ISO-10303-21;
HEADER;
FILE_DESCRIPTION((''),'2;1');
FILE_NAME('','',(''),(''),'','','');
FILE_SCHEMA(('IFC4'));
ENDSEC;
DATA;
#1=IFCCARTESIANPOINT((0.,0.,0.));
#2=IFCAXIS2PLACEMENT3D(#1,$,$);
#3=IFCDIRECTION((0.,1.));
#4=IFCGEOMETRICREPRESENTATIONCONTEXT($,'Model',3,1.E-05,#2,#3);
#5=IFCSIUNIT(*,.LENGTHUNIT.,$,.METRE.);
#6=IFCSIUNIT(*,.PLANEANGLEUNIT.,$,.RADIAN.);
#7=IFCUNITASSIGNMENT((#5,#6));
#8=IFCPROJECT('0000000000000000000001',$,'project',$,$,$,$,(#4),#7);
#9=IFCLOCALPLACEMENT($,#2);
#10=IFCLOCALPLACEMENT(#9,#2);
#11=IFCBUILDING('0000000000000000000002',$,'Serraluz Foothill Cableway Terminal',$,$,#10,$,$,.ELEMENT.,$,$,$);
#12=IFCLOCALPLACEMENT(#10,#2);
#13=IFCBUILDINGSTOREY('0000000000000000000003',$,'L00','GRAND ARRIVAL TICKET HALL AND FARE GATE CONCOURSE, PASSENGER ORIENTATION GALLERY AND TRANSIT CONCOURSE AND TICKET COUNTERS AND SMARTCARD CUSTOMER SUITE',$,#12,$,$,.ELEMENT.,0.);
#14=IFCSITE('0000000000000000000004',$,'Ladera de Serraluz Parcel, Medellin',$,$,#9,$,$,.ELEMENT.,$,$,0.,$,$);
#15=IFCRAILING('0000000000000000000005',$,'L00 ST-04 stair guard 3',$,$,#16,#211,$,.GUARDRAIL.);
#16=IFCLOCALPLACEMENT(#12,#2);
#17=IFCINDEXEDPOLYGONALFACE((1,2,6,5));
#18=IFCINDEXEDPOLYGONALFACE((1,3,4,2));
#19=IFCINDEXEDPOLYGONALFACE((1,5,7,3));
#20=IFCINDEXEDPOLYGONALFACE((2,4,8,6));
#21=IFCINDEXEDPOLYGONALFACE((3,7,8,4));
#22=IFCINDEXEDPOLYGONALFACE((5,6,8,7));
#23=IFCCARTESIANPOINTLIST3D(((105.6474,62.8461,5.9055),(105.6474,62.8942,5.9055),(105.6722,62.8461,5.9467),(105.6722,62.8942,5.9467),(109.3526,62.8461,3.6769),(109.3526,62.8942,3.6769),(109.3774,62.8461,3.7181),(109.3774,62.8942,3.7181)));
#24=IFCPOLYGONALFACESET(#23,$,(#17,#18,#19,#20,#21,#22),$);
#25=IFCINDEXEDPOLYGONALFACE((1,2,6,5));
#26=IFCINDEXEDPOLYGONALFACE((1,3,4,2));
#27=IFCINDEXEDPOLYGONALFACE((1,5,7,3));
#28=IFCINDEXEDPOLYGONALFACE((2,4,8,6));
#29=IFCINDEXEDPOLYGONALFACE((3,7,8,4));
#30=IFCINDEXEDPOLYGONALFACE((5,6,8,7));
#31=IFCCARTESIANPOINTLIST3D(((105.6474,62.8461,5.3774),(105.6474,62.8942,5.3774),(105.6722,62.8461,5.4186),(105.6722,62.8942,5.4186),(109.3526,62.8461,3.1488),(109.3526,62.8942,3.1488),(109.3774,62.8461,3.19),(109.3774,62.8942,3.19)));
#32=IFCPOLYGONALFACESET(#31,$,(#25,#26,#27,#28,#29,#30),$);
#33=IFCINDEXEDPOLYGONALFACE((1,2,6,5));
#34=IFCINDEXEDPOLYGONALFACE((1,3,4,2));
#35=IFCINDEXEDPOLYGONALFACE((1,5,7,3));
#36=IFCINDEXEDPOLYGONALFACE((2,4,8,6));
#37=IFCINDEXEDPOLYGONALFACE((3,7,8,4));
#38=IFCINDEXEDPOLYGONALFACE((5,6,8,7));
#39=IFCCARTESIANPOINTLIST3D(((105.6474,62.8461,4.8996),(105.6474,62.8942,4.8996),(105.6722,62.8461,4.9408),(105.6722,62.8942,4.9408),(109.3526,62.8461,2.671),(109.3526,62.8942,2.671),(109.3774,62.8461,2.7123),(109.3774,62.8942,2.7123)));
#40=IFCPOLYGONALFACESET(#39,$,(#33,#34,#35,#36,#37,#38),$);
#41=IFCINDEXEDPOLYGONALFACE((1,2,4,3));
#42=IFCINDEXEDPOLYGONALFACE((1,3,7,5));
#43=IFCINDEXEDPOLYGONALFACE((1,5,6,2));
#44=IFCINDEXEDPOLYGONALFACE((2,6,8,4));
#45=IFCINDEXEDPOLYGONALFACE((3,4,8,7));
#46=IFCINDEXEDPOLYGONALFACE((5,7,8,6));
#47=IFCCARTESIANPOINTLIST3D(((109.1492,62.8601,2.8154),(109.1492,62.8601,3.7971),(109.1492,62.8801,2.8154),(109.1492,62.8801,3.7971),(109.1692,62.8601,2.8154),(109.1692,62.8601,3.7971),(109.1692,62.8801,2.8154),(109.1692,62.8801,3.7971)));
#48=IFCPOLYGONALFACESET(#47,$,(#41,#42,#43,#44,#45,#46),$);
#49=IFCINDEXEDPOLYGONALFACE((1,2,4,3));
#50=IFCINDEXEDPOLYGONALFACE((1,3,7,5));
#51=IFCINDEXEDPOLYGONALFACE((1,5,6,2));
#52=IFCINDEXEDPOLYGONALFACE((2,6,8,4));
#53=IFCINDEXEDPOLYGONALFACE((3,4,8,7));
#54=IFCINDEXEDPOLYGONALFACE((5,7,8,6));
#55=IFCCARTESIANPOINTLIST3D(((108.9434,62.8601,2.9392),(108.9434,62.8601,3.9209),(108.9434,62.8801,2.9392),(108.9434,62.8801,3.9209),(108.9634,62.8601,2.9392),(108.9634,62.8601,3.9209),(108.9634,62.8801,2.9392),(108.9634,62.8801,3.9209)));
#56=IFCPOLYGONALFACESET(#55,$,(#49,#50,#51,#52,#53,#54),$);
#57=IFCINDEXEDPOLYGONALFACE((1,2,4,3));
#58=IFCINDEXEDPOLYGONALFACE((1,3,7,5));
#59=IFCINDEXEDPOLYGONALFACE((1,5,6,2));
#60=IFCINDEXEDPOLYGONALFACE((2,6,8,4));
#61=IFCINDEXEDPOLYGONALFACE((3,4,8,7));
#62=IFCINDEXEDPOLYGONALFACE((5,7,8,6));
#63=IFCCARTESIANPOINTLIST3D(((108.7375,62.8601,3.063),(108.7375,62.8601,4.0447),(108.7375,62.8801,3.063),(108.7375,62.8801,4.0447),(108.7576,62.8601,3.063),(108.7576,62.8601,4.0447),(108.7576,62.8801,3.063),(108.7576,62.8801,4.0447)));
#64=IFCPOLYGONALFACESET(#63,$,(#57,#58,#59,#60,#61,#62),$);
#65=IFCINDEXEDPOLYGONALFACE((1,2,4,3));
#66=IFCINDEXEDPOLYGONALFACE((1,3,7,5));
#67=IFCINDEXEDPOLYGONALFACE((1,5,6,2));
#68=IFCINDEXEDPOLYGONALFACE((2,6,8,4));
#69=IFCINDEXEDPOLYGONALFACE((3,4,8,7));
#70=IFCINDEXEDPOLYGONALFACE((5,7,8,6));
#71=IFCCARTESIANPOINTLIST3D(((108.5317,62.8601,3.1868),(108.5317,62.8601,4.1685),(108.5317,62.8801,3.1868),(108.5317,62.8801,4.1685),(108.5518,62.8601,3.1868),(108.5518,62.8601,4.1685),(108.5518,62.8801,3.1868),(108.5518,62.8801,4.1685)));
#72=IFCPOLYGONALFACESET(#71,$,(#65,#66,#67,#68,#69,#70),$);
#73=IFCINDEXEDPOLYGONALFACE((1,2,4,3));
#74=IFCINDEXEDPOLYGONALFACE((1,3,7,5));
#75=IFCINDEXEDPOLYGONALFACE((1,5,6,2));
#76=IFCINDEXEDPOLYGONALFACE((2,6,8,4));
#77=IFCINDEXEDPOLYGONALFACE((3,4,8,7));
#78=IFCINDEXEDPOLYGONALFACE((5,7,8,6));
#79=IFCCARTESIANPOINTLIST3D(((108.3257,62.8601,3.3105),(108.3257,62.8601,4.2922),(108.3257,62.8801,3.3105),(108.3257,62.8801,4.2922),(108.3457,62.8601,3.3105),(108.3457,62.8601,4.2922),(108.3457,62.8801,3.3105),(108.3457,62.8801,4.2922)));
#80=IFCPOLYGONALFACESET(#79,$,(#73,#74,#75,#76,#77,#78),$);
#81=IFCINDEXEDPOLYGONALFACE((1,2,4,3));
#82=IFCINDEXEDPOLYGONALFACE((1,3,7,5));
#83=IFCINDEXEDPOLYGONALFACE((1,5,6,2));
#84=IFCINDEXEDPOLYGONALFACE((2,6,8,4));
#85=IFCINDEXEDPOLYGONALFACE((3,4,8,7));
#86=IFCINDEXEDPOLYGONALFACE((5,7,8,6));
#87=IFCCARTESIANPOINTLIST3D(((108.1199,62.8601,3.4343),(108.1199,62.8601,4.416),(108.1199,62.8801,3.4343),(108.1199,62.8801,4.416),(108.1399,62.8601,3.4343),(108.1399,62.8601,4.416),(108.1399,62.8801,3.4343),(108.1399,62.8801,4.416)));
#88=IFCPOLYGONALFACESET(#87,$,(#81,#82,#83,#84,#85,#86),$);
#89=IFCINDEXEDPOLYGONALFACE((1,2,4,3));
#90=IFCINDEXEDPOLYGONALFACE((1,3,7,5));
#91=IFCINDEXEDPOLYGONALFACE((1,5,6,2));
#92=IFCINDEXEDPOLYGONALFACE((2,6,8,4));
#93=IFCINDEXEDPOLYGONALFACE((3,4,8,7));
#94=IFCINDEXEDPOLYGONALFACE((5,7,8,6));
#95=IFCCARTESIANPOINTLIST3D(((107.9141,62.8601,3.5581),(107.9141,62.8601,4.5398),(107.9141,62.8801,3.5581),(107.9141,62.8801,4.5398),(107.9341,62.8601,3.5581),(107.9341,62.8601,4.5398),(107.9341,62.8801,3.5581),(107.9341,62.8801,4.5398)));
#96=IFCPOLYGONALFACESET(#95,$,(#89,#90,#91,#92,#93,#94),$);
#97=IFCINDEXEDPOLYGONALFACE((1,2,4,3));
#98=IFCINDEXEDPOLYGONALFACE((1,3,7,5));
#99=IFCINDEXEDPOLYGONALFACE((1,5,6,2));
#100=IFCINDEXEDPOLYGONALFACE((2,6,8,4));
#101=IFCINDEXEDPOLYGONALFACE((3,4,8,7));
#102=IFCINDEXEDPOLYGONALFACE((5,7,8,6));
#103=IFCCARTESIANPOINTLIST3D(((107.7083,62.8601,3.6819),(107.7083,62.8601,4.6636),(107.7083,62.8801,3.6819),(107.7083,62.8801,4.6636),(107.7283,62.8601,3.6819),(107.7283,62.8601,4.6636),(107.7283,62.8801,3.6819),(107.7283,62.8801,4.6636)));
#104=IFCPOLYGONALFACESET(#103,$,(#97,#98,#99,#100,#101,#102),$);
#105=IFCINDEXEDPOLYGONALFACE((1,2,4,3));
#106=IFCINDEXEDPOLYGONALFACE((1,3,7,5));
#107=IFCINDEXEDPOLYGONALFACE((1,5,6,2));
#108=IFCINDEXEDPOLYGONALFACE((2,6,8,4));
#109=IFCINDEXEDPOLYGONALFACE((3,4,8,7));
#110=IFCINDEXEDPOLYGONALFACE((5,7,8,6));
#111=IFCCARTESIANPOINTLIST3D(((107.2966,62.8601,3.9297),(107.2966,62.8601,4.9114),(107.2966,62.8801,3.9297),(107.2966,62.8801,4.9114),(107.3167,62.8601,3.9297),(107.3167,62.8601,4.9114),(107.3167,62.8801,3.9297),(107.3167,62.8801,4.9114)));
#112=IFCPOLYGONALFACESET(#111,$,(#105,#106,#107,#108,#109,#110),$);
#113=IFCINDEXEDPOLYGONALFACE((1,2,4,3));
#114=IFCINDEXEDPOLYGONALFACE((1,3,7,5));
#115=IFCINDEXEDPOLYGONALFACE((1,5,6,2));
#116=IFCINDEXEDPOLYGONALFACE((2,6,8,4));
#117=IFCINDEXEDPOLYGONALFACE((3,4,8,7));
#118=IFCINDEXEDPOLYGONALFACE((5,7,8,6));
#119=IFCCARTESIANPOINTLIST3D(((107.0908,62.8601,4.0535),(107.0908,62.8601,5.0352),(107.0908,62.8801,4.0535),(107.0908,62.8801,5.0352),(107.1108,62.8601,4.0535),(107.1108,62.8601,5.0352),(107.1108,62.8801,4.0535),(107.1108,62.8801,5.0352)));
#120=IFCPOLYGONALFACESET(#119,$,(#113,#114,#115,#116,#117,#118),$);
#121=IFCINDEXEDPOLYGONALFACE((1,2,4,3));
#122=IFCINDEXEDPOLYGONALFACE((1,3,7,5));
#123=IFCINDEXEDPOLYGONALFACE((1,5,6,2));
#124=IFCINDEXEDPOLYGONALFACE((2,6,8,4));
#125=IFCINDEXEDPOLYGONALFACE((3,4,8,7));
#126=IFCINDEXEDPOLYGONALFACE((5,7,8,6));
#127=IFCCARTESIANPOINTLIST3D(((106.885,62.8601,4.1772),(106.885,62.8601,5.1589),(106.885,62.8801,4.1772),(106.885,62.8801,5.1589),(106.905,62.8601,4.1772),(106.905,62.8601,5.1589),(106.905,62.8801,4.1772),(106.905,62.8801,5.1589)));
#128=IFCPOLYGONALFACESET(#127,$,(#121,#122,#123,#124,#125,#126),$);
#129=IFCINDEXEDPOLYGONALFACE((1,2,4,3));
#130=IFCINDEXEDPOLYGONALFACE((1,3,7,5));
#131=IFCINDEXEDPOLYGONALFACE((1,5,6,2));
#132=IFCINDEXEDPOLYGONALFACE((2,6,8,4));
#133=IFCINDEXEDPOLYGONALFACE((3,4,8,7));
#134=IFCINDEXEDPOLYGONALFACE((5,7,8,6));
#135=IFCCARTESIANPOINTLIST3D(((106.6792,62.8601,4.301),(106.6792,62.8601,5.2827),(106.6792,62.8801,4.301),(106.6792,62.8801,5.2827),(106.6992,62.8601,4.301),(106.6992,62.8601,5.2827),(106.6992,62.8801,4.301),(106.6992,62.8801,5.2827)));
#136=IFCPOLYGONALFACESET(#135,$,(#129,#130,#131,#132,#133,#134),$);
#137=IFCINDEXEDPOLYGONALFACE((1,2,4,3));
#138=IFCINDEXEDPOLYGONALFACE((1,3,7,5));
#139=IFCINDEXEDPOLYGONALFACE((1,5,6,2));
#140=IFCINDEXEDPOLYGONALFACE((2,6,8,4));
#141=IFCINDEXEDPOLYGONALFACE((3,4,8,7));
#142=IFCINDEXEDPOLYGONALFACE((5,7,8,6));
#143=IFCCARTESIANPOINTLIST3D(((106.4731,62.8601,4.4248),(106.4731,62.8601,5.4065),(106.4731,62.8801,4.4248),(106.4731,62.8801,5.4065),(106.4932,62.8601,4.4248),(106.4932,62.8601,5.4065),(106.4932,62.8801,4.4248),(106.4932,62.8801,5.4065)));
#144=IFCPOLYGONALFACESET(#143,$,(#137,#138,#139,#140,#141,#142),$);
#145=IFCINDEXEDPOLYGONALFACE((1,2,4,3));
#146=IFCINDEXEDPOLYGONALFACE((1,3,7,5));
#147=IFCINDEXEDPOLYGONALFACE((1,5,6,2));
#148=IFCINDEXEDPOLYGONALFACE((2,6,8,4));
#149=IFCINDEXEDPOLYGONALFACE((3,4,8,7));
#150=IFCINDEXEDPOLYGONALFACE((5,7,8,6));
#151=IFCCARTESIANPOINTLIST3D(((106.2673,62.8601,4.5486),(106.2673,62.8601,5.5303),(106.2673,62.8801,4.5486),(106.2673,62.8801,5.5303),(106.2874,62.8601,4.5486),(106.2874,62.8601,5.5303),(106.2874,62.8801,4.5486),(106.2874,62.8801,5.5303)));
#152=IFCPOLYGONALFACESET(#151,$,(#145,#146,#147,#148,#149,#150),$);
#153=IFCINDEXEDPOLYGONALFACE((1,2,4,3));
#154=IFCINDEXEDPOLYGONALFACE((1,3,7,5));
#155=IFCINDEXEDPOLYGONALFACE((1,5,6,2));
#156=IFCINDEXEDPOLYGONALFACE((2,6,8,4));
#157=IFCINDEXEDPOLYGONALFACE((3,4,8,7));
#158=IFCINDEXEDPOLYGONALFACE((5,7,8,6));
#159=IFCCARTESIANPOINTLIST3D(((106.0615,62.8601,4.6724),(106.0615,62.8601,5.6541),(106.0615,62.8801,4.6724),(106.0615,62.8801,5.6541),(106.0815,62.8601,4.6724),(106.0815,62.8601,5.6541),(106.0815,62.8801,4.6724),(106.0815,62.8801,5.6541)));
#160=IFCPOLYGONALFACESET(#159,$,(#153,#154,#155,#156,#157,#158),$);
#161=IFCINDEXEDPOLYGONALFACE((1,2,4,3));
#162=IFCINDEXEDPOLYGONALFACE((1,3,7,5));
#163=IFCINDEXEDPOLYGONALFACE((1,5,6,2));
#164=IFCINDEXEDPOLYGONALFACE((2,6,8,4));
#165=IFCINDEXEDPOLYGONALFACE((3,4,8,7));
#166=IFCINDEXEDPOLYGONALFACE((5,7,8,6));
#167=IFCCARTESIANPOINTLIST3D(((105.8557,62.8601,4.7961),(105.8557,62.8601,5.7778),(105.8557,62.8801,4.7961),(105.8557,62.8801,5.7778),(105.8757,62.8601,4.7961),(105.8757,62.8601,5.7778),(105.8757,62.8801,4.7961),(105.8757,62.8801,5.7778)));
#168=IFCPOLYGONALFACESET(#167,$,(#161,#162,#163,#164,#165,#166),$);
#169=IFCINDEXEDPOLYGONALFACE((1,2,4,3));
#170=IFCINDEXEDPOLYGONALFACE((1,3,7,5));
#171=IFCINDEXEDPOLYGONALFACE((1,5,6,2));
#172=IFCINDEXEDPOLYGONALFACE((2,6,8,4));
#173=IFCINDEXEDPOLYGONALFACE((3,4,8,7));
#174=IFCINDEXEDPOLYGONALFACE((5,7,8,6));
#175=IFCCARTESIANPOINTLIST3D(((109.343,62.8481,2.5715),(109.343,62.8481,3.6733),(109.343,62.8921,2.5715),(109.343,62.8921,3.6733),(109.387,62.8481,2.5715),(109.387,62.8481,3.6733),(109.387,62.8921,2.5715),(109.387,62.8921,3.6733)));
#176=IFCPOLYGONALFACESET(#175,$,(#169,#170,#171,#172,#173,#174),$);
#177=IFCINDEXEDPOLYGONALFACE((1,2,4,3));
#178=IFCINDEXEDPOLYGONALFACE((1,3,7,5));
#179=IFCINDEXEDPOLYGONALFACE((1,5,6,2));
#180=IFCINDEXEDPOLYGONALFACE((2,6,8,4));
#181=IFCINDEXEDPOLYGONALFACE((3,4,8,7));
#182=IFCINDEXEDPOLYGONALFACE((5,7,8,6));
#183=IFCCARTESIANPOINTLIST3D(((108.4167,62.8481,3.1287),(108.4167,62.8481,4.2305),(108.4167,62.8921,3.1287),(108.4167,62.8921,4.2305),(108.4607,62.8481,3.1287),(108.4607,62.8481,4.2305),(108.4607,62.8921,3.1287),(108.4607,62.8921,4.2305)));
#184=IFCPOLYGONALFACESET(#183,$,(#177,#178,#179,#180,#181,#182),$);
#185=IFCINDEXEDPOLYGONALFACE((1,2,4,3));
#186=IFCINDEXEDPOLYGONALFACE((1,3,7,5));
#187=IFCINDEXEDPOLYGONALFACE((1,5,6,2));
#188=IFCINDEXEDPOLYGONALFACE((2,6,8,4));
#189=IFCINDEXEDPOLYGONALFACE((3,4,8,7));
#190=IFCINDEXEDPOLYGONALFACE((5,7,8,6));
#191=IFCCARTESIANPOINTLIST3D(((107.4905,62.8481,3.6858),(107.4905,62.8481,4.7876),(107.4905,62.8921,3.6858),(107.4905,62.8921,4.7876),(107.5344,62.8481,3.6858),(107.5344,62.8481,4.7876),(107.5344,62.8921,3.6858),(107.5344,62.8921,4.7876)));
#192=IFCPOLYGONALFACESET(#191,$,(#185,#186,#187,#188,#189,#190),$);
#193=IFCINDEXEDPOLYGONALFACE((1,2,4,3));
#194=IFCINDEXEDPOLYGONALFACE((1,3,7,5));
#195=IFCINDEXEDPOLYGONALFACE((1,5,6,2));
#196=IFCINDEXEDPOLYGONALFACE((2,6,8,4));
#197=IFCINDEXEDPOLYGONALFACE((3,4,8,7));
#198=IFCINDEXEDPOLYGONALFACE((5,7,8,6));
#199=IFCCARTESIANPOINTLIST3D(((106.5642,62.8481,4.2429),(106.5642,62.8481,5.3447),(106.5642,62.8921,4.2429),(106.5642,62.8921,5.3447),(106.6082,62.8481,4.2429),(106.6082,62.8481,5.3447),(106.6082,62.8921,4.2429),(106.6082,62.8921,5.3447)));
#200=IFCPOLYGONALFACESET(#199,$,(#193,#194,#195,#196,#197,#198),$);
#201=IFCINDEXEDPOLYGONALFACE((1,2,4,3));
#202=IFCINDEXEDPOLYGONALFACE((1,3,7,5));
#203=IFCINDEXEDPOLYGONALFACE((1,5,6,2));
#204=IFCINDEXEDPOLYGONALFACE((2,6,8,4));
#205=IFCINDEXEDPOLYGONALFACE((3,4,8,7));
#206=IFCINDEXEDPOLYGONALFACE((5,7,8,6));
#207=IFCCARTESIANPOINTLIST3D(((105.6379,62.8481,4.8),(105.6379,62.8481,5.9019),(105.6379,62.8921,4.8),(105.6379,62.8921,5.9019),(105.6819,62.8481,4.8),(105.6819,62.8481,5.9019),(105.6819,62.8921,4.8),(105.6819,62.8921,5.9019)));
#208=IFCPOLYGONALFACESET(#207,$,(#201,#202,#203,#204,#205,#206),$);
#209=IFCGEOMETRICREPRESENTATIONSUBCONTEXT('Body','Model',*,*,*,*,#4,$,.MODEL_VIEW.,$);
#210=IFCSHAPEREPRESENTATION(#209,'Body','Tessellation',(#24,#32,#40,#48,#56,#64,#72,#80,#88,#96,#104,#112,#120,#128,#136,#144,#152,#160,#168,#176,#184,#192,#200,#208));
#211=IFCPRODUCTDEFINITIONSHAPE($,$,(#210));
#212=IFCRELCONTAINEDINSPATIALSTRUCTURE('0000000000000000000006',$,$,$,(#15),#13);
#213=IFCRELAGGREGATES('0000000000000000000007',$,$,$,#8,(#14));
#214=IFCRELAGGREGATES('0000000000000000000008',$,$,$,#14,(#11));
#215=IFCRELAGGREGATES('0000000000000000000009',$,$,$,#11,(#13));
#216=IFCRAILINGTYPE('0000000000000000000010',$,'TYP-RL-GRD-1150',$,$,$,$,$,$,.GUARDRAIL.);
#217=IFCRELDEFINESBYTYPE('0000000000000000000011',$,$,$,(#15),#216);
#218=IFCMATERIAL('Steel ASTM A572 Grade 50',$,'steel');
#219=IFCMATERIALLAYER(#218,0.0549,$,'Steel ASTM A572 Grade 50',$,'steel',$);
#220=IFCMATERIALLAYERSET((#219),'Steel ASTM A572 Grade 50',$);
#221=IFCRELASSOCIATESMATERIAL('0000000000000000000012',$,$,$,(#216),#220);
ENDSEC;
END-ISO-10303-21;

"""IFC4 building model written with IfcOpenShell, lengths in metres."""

from ifc_helpers import new_model, si_unit, direction, frame, origin, origin_2d, place, context, subcontext, project, spatial, rectangle, extrude, material, layer, layer_set, type_object, element, save


model = new_model("IFC4")

# Units and contexts
model_context = context("Model", 3, precision=1e-05, world=origin(), true_north=direction((0.0, 1.0)))
body_context = subcontext(model_context, "Body", "Model", "MODEL_VIEW")
ifc_project = project(units=[si_unit("LENGTHUNIT", "METRE"), si_unit("PLANEANGLEUNIT", "RADIAN")], contexts=[model_context])

# Site, building, storey
site_placement = place(None, origin())
site = spatial("IfcSite", under=ifc_project, at=site_placement, Name="Ladera de Serraluz Parcel, Medellin", CompositionType="ELEMENT", RefElevation=0.0)
building_placement = place(site_placement, origin())
building = spatial("IfcBuilding", under=site, at=building_placement, Name="Serraluz Foothill Cableway Terminal", CompositionType="ELEMENT")
storey_placement = place(building_placement, origin())
storey = spatial("IfcBuildingStorey", under=building, at=storey_placement, Name="L00", Description="GRAND ARRIVAL TICKET HALL AND FARE GATE CONCOURSE, PASSENGER ORIENTATION GALLERY AND TRANSIT CONCOURSE AND TICKET COUNTERS AND SMARTCARD CUSTOMER SUITE", CompositionType="ELEMENT", Elevation=0.0)

# Railing
ifc_material_1 = material(Name="Steel ASTM A572 Grade 50", Category="steel")
ifc_layer_1 = layer(ifc_material_1, 0.0549, Name="Steel ASTM A572 Grade 50", Category="steel")
ifc_layer_set_1 = layer_set([ifc_layer_1], Name="Steel ASTM A572 Grade 50")
railing_type_1 = type_object("IfcRailingType", Name="TYP-RL-GRD-1150", PredefinedType="GUARDRAIL", material=ifc_layer_set_1)
railing_1_placement = place(storey_placement, frame((109.365, 62.8701, 2.5715)))
element("IfcRailing", 1, at=railing_1_placement, inside=storey, type_object=railing_type_1, Name="L00 ST-04 stair guard 3", PredefinedType="GUARDRAIL", context=body_context, shape_type="SweptSolid", body=[
    extrude(rectangle(XDim=0.0481, YDim=0.0481, at=origin_2d()), frame((0.0, 0.0, 1.126), z_axis=(-0.856934, 0.0, 0.515425), x_axis=(0.0, -1.0, 0.0)), (0.0, 0.0, 1.0), 4.3237),
    extrude(rectangle(XDim=0.0481, YDim=0.0481, at=origin_2d()), frame((0.0, 0.0, 0.5979), z_axis=(-0.856934, 0.0, 0.515425), x_axis=(0.0, -1.0, 0.0)), (0.0, 0.0, 1.0), 4.3237),
    extrude(rectangle(XDim=0.0481, YDim=0.0481, at=origin_2d()), frame((0.0, 0.0, 0.1201), z_axis=(-0.856934, 0.0, 0.515425), x_axis=(0.0, -1.0, 0.0)), (0.0, 0.0, 1.0), 4.3237),
    extrude(rectangle(XDim=0.02, YDim=0.02, at=origin_2d()), frame((-0.2058, 0.0, 0.2439)), (0.0, 0.0, 1.0), 0.9817),
    extrude(rectangle(XDim=0.02, YDim=0.02, at=origin_2d()), frame((-0.4116, 0.0, 0.3677)), (0.0, 0.0, 1.0), 0.9817),
    extrude(rectangle(XDim=0.02, YDim=0.02, at=origin_2d()), frame((-0.6174, 0.0, 0.4915)), (0.0, 0.0, 1.0), 0.9817),
    extrude(rectangle(XDim=0.02, YDim=0.02, at=origin_2d()), frame((-0.8232, 0.0, 0.6152)), (0.0, 0.0, 1.0), 0.9817),
    extrude(rectangle(XDim=0.02, YDim=0.02, at=origin_2d()), frame((-1.0293, 0.0, 0.739)), (0.0, 0.0, 1.0), 0.9817),
    extrude(rectangle(XDim=0.02, YDim=0.02, at=origin_2d()), frame((-1.2351, 0.0, 0.8628)), (0.0, 0.0, 1.0), 0.9817),
    extrude(rectangle(XDim=0.02, YDim=0.02, at=origin_2d()), frame((-1.4409, 0.0, 0.9866)), (0.0, 0.0, 1.0), 0.9817),
    extrude(rectangle(XDim=0.02, YDim=0.02, at=origin_2d()), frame((-1.6467, 0.0, 1.1104)), (0.0, 0.0, 1.0), 0.9817),
    extrude(rectangle(XDim=0.02, YDim=0.02, at=origin_2d()), frame((-2.0583, 0.0, 1.3582)), (0.0, 0.0, 1.0), 0.9817),
    extrude(rectangle(XDim=0.02, YDim=0.02, at=origin_2d()), frame((-2.2642, 0.0, 1.4819)), (0.0, 0.0, 1.0), 0.9817),
    extrude(rectangle(XDim=0.02, YDim=0.02, at=origin_2d()), frame((-2.47, 0.0, 1.6057)), (0.0, 0.0, 1.0), 0.9817),
    extrude(rectangle(XDim=0.02, YDim=0.02, at=origin_2d()), frame((-2.6758, 0.0, 1.7295)), (0.0, 0.0, 1.0), 0.9817),
    extrude(rectangle(XDim=0.02, YDim=0.02, at=origin_2d()), frame((-2.8818, 0.0, 1.8533)), (0.0, 0.0, 1.0), 0.9817),
    extrude(rectangle(XDim=0.02, YDim=0.02, at=origin_2d()), frame((-3.0876, 0.0, 1.9771)), (0.0, 0.0, 1.0), 0.9817),
    extrude(rectangle(XDim=0.02, YDim=0.02, at=origin_2d()), frame((-3.2935, 0.0, 2.1008)), (0.0, 0.0, 1.0), 0.9817),
    extrude(rectangle(XDim=0.02, YDim=0.02, at=origin_2d()), frame((-3.4993, 0.0, 2.2246)), (0.0, 0.0, 1.0), 0.9817),
    extrude(rectangle(XDim=0.0439, YDim=0.0439, at=origin_2d()), origin(), (0.0, 0.0, 1.0), 1.1018),
    extrude(rectangle(XDim=0.0439, YDim=0.0439, at=origin_2d()), frame((-0.9263, 0.0, 0.5571)), (0.0, 0.0, 1.0), 1.1018),
    extrude(rectangle(XDim=0.0439, YDim=0.0439, at=origin_2d()), frame((-1.8525, 0.0, 1.1143)), (0.0, 0.0, 1.0), 1.1018),
    extrude(rectangle(XDim=0.0439, YDim=0.0439, at=origin_2d()), frame((-2.7788, 0.0, 1.6714)), (0.0, 0.0, 1.0), 1.1018),
    extrude(rectangle(XDim=0.0439, YDim=0.0439, at=origin_2d()), frame((-3.7051, 0.0, 2.2285)), (0.0, 0.0, 1.0), 1.1018),
])

save(model, "model.ifc")
